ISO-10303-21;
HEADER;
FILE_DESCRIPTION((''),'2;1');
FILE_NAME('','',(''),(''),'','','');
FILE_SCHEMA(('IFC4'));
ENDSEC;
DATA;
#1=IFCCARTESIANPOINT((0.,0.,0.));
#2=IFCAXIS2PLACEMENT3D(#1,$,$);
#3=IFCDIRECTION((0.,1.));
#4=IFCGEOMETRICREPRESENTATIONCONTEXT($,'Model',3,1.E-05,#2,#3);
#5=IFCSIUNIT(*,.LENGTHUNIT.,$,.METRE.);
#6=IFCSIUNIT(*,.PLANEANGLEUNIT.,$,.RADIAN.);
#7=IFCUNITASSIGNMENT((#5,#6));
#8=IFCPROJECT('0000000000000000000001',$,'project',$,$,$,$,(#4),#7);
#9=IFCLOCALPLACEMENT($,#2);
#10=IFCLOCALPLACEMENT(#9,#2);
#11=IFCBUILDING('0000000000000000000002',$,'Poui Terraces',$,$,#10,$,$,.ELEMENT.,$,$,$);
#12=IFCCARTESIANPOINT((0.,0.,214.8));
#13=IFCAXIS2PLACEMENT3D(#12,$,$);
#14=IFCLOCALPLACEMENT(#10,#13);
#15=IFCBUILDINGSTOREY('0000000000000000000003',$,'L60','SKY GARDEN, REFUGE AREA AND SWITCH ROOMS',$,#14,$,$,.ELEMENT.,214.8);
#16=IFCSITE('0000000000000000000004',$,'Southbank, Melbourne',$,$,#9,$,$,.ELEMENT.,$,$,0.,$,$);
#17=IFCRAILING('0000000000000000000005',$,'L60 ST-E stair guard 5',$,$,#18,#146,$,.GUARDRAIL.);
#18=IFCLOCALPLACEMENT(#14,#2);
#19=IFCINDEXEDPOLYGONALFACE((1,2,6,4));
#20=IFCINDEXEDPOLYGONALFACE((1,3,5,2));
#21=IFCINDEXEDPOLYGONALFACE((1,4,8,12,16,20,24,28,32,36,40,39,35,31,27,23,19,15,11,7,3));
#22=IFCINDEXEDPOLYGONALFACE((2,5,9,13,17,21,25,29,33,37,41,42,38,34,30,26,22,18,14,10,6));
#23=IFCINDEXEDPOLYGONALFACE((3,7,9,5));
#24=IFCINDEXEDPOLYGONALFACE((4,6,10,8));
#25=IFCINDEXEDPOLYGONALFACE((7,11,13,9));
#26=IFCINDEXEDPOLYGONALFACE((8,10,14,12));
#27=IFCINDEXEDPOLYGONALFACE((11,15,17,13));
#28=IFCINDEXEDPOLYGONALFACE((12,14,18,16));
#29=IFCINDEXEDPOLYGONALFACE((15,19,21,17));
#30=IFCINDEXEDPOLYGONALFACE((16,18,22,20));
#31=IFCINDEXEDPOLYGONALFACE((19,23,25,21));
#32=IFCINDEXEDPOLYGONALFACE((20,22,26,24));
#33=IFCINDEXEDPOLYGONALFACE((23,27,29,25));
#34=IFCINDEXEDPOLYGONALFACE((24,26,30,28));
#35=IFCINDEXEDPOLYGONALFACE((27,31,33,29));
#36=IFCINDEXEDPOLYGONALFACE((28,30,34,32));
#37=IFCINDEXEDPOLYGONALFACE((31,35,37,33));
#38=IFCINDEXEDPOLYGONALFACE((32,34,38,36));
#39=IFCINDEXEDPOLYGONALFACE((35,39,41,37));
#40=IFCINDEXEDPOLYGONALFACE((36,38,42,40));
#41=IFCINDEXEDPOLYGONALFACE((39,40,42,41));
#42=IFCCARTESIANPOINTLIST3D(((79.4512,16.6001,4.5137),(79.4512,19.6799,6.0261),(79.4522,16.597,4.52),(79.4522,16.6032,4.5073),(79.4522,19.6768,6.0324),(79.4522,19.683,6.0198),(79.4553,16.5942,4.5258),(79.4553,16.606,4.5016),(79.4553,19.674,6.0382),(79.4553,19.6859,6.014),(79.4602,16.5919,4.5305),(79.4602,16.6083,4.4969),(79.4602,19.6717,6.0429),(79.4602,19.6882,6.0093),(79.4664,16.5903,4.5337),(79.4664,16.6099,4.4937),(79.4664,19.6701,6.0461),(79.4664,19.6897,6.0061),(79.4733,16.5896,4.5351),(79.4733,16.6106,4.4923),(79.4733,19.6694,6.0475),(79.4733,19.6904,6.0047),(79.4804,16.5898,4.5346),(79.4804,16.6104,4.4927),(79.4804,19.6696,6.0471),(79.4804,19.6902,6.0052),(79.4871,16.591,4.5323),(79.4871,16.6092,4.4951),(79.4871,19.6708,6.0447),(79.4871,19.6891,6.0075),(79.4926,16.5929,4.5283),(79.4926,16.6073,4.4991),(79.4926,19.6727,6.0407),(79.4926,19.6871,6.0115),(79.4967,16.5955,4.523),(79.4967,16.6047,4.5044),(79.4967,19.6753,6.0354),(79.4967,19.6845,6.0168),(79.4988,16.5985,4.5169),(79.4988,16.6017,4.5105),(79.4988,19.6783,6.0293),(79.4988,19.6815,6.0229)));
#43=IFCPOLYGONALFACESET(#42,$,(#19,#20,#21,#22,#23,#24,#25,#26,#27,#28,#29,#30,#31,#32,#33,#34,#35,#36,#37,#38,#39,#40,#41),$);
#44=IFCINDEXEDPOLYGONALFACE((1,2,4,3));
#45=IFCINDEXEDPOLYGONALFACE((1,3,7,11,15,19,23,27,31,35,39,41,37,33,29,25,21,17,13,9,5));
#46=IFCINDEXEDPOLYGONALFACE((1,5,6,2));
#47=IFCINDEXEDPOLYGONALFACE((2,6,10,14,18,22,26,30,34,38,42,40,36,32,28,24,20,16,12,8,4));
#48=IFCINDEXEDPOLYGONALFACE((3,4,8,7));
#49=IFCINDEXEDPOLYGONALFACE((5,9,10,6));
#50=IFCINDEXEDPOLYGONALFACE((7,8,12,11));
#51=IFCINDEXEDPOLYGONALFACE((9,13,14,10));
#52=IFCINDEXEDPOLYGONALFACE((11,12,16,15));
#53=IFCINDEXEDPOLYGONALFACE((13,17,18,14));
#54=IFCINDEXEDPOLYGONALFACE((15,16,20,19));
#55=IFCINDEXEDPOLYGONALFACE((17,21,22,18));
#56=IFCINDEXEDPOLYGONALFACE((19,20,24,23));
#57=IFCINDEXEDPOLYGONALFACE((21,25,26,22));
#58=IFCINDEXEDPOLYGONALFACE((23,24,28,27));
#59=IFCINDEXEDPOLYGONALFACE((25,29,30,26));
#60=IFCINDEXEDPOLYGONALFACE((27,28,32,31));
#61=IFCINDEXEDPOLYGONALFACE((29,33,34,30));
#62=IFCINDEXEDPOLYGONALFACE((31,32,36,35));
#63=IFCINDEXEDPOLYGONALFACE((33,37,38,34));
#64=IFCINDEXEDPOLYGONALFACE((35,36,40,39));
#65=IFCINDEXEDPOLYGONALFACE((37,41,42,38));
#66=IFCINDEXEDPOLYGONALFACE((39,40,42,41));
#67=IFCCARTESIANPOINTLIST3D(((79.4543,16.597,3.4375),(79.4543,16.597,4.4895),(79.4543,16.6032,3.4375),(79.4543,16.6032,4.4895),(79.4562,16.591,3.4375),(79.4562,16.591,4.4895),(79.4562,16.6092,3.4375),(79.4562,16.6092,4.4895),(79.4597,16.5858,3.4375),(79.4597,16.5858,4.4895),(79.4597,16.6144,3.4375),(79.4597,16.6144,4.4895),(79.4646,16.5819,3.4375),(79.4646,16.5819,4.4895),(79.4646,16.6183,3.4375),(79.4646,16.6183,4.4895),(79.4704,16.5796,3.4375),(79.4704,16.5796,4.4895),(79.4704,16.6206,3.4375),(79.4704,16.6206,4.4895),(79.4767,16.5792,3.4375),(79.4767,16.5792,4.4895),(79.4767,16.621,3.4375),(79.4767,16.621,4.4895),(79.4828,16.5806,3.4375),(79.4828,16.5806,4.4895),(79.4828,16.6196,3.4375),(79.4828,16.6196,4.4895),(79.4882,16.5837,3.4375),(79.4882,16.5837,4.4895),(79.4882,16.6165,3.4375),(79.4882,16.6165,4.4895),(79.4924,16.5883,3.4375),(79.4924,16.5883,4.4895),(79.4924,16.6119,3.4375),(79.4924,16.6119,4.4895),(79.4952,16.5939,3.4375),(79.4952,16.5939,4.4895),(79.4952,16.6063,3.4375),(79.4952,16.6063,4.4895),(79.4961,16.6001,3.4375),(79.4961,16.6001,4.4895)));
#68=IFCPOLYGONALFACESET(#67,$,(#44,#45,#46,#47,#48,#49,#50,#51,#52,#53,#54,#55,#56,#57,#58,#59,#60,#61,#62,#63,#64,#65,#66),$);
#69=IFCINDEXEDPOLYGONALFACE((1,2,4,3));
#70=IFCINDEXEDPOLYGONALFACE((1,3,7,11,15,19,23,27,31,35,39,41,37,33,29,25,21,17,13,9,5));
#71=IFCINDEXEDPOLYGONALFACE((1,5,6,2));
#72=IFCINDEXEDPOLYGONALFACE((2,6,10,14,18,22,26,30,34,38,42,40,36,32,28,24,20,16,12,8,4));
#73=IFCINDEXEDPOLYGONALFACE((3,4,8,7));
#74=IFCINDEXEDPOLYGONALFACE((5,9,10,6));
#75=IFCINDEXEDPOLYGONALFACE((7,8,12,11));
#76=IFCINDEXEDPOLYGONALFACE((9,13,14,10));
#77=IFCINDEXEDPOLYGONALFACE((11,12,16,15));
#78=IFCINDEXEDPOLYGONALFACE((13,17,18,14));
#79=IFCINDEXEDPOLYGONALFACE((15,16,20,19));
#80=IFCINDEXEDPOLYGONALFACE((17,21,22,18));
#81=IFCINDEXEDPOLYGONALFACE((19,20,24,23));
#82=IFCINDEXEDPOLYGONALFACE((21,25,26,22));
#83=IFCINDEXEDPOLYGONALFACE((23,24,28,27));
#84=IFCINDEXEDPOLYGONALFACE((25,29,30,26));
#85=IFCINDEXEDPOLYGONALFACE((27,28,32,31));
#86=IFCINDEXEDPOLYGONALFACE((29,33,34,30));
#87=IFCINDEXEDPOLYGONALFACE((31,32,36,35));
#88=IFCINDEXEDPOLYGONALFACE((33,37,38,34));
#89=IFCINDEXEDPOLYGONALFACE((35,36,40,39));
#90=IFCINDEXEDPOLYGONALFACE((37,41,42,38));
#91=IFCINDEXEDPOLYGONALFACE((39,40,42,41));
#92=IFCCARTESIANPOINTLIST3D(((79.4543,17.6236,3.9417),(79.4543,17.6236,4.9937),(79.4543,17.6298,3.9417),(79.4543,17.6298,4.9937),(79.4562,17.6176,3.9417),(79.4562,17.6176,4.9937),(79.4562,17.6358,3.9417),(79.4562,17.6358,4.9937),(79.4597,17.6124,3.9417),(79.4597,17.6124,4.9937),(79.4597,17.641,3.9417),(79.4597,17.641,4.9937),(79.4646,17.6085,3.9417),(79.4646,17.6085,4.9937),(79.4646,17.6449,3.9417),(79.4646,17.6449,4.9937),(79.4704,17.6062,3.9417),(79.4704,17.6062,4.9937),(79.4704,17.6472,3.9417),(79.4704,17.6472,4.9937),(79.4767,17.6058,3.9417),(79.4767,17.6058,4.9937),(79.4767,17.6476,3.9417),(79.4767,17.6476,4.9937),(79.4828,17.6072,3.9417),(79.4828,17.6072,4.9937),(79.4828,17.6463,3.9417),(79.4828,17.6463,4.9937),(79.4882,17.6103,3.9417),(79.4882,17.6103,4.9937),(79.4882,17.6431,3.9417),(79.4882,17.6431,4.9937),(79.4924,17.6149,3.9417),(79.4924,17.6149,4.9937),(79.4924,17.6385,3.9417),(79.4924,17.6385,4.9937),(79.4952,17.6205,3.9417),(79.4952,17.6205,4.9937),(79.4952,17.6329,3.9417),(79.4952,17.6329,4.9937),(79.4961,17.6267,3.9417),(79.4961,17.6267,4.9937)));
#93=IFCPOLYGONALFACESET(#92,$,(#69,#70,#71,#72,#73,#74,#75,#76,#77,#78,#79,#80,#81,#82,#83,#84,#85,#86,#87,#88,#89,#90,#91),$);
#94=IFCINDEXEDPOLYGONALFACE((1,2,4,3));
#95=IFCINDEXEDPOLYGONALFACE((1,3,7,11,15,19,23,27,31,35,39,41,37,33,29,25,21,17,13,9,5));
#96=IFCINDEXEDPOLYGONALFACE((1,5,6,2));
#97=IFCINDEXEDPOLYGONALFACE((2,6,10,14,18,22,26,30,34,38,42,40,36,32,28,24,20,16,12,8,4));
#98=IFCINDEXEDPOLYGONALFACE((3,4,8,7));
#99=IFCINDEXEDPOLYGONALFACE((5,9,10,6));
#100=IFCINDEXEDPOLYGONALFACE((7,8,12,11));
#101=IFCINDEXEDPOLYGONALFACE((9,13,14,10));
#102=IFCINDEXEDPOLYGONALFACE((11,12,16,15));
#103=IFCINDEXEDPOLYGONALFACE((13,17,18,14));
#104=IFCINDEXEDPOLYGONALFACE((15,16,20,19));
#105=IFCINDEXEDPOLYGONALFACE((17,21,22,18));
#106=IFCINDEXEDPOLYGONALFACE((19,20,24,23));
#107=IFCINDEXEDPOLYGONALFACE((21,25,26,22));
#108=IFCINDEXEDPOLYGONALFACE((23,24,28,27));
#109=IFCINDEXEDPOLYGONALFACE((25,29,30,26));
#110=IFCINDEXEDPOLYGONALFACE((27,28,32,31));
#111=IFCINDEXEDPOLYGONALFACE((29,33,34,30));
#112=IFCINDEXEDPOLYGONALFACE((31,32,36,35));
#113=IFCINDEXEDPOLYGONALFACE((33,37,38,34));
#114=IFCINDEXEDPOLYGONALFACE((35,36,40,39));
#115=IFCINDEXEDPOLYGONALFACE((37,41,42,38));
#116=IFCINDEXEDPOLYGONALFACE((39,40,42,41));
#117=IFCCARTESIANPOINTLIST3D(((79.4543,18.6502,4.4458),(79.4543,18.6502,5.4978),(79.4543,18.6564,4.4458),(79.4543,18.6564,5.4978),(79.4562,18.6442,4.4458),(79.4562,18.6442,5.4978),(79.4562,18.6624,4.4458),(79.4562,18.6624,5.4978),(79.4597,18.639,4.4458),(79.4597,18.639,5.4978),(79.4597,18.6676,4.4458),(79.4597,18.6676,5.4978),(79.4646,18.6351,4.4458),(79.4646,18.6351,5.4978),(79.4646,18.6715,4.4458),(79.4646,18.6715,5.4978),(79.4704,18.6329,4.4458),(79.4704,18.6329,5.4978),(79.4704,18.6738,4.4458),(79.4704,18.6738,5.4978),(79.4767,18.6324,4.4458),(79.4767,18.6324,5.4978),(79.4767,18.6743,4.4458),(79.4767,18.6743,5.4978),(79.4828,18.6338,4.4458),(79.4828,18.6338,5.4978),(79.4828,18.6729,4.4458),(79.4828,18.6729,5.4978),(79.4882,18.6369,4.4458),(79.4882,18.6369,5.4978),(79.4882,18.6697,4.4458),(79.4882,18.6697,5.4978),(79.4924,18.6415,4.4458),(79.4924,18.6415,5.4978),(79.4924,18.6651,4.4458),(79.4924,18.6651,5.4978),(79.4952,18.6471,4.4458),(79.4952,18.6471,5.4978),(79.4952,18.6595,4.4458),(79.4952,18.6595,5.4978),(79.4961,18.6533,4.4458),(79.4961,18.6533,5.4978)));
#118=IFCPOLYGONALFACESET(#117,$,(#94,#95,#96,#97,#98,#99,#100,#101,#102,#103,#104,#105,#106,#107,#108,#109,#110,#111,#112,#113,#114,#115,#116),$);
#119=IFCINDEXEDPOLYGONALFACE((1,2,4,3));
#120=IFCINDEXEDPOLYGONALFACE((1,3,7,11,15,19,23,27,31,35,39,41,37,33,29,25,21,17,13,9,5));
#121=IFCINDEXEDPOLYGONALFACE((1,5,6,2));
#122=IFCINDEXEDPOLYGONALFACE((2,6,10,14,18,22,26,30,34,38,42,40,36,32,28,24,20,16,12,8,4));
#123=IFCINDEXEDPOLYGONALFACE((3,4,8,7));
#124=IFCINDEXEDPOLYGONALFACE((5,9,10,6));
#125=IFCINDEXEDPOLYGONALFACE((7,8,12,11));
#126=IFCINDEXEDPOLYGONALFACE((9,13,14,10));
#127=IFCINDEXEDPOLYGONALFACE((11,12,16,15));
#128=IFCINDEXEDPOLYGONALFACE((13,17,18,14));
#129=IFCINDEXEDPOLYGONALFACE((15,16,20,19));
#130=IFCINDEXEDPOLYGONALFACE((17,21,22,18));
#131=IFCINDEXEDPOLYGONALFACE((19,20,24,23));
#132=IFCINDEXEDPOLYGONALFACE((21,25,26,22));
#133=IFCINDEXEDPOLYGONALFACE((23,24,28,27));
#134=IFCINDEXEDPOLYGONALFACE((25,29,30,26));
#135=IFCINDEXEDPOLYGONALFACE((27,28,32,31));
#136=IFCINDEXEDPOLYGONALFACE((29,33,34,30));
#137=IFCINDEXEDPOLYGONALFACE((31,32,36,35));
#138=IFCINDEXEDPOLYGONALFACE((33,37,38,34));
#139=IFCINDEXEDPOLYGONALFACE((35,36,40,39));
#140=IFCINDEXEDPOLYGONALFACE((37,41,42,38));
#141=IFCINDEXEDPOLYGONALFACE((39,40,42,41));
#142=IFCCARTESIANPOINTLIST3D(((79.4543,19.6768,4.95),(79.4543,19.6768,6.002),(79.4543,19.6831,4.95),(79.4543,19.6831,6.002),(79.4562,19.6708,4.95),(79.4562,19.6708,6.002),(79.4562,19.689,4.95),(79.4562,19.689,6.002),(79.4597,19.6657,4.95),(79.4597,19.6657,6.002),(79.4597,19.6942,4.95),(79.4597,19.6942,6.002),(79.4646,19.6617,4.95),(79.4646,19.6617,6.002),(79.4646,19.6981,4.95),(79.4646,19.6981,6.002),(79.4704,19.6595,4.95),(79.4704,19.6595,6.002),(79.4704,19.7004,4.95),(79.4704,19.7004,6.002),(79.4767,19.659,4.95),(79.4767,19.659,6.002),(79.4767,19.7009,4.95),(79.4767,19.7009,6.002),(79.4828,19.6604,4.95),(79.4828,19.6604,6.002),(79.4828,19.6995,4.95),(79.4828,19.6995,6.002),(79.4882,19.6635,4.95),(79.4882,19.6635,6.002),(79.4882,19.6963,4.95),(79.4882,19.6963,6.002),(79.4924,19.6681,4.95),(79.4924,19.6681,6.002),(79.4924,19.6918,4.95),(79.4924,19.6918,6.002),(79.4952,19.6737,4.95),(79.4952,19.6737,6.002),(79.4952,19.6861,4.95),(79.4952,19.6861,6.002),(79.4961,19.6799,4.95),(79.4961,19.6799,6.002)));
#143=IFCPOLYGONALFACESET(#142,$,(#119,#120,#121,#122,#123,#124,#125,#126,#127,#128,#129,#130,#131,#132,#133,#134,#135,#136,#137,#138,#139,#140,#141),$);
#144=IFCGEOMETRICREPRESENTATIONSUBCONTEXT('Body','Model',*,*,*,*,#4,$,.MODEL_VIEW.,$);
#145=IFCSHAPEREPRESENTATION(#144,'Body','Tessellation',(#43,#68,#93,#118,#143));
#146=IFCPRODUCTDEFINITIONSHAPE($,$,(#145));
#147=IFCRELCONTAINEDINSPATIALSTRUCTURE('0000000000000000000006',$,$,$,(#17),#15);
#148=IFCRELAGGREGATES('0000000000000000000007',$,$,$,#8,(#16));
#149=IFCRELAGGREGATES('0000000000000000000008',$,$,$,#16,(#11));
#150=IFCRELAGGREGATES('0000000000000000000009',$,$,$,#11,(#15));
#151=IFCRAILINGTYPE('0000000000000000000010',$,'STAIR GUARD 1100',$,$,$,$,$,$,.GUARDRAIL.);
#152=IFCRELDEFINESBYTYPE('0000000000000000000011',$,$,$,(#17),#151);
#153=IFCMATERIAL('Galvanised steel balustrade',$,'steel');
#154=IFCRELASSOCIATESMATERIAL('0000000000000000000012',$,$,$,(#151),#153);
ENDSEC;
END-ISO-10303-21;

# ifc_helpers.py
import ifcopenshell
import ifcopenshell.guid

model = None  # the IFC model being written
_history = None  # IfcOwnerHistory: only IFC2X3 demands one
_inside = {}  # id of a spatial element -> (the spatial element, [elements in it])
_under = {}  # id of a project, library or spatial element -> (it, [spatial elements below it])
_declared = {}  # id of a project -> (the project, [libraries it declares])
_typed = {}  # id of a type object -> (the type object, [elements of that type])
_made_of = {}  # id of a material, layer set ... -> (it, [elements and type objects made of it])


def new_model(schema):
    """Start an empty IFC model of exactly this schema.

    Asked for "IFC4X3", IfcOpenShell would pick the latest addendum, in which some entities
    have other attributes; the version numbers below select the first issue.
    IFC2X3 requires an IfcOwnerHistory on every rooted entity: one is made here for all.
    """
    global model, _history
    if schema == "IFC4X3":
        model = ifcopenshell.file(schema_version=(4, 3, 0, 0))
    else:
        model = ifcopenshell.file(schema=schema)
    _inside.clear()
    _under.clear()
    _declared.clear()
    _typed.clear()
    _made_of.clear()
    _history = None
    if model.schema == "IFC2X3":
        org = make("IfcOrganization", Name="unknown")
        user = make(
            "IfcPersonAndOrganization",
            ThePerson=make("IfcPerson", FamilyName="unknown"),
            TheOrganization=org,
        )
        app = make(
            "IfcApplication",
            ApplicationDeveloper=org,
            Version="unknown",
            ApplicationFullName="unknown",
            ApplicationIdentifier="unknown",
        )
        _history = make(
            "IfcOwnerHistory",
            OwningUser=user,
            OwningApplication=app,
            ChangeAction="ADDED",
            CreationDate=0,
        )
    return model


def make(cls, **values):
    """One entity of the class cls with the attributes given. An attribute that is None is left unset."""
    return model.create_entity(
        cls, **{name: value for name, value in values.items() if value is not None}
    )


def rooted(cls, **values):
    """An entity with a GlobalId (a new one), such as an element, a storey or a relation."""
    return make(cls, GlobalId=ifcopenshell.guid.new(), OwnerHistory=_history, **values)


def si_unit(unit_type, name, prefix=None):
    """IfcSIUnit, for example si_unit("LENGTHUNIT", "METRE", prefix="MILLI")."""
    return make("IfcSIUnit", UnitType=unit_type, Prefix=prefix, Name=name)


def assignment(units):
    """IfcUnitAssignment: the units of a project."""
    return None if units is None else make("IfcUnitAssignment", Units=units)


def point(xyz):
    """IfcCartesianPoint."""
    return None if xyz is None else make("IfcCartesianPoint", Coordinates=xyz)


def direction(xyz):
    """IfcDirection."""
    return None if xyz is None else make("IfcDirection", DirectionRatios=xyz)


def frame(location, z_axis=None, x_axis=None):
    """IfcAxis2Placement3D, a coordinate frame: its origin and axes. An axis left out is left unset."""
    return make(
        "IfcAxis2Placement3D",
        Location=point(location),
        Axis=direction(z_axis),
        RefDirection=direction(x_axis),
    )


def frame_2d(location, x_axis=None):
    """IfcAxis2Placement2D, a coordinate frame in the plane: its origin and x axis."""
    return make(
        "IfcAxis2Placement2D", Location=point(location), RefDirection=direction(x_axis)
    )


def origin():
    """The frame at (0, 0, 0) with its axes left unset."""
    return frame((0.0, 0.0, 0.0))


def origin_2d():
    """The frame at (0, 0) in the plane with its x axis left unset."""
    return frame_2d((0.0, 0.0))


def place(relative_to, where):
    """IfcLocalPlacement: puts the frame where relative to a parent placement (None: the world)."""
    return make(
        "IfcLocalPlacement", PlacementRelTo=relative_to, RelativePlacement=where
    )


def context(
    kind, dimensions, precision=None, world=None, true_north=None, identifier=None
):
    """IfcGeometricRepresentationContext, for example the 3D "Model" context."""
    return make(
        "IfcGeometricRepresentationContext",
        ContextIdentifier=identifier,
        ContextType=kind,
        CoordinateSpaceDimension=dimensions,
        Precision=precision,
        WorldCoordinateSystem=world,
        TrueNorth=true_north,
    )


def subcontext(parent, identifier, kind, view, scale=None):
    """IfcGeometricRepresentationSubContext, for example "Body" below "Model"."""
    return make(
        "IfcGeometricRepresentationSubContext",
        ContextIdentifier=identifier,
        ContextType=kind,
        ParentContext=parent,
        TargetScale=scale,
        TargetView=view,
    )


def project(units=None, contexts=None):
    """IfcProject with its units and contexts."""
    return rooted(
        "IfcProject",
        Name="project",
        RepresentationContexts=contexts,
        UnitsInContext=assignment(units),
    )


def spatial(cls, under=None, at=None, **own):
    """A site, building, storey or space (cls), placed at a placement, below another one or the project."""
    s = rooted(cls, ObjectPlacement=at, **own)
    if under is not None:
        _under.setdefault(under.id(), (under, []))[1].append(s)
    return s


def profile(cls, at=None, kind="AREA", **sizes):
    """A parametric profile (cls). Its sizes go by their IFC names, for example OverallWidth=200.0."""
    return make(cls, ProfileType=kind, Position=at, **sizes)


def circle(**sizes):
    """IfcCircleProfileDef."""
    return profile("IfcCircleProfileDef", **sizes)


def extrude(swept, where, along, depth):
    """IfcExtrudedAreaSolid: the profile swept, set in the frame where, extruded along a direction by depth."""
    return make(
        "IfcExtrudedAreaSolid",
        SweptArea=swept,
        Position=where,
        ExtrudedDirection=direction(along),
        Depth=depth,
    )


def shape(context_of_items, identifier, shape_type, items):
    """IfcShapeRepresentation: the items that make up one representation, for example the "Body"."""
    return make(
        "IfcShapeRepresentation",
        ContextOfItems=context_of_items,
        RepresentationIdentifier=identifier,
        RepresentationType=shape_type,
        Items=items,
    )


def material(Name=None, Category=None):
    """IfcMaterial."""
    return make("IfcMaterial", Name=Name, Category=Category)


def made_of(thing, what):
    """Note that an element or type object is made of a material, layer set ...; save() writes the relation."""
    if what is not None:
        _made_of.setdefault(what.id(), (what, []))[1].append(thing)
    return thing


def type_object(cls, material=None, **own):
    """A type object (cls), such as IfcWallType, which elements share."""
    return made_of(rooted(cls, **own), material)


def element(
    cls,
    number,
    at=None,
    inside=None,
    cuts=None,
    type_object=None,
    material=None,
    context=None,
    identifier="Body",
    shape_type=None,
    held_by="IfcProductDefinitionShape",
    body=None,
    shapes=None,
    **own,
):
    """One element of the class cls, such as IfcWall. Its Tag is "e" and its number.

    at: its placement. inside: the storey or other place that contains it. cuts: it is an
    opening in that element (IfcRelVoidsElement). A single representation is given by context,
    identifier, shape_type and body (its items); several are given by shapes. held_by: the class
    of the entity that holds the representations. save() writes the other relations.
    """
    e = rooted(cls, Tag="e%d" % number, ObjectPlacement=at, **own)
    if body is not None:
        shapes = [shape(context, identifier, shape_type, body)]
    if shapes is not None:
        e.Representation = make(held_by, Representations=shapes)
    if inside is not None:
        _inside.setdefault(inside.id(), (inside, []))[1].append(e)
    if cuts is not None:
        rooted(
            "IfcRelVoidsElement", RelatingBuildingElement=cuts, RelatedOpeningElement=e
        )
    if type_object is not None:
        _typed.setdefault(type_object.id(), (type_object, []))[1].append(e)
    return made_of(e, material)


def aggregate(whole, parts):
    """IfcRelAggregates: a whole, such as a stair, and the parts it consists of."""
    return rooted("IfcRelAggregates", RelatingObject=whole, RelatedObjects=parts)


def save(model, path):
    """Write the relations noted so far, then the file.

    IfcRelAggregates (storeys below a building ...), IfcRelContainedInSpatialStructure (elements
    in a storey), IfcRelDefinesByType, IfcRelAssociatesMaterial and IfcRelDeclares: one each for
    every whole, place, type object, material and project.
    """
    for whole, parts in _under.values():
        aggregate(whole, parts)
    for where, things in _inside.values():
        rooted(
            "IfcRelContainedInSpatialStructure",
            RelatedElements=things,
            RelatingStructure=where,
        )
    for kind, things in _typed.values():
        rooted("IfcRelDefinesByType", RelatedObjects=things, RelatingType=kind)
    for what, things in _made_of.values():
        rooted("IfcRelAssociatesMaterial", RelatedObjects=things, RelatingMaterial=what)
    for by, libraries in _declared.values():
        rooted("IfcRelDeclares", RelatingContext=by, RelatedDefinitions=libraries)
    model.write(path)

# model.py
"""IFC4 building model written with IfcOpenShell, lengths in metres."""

from ifc_helpers import new_model, si_unit, direction, frame, origin, origin_2d, place, context, subcontext, project, spatial, circle, extrude, material, type_object, element, save


model = new_model("IFC4")

# Units and contexts
model_context = context("Model", 3, precision=1e-05, world=origin(), true_north=direction((0.0, 1.0)))
body_context = subcontext(model_context, "Body", "Model", "MODEL_VIEW")
ifc_project = project(units=[si_unit("LENGTHUNIT", "METRE"), si_unit("PLANEANGLEUNIT", "RADIAN")], contexts=[model_context])

# Site, building, storey
site_placement = place(None, origin())
site = spatial("IfcSite", under=ifc_project, at=site_placement, Name="Southbank, Melbourne", CompositionType="ELEMENT", RefElevation=0.0)
building_placement = place(site_placement, origin())
building = spatial("IfcBuilding", under=site, at=building_placement, Name="Poui Terraces", CompositionType="ELEMENT")
storey_placement = place(building_placement, frame((0.0, 0.0, 214.8)))
storey = spatial("IfcBuildingStorey", under=building, at=storey_placement, Name="L60", Description="SKY GARDEN, REFUGE AREA AND SWITCH ROOMS", CompositionType="ELEMENT", Elevation=214.8)

# Railing
ifc_material_1 = material(Name="Galvanised steel balustrade", Category="steel")
railing_type_1 = type_object("IfcRailingType", Name="STAIR GUARD 1100", PredefinedType="GUARDRAIL", material=ifc_material_1)
railing_1_placement = place(storey_placement, frame((79.4751, 16.6001, 3.4375)))
element("IfcRailing", 1, at=railing_1_placement, inside=storey, type_object=railing_type_1, Name="L60 ST-E stair guard 5", PredefinedType="GUARDRAIL", context=body_context, shape_type="SweptSolid", body=[
    extrude(circle(Radius=0.0239, at=origin_2d()), frame((0.0, 0.0, 1.0762), z_axis=(0.0, 0.897606, 0.440798), x_axis=(-1.0, 0.0, 0.0)), (0.0, 0.0, 1.0), 3.4312),
    extrude(circle(Radius=0.021, at=origin_2d()), origin(), (0.0, 0.0, 1.0), 1.052),
    extrude(circle(Radius=0.021, at=origin_2d()), frame((0.0, 1.0266, 0.5042)), (0.0, 0.0, 1.0), 1.052),
    extrude(circle(Radius=0.021, at=origin_2d()), frame((0.0, 2.0532, 1.0083)), (0.0, 0.0, 1.0), 1.052),
    extrude(circle(Radius=0.021, at=origin_2d()), frame((0.0, 3.0798, 1.5125)), (0.0, 0.0, 1.0), 1.052),
])

save(model, "model.ifc")
